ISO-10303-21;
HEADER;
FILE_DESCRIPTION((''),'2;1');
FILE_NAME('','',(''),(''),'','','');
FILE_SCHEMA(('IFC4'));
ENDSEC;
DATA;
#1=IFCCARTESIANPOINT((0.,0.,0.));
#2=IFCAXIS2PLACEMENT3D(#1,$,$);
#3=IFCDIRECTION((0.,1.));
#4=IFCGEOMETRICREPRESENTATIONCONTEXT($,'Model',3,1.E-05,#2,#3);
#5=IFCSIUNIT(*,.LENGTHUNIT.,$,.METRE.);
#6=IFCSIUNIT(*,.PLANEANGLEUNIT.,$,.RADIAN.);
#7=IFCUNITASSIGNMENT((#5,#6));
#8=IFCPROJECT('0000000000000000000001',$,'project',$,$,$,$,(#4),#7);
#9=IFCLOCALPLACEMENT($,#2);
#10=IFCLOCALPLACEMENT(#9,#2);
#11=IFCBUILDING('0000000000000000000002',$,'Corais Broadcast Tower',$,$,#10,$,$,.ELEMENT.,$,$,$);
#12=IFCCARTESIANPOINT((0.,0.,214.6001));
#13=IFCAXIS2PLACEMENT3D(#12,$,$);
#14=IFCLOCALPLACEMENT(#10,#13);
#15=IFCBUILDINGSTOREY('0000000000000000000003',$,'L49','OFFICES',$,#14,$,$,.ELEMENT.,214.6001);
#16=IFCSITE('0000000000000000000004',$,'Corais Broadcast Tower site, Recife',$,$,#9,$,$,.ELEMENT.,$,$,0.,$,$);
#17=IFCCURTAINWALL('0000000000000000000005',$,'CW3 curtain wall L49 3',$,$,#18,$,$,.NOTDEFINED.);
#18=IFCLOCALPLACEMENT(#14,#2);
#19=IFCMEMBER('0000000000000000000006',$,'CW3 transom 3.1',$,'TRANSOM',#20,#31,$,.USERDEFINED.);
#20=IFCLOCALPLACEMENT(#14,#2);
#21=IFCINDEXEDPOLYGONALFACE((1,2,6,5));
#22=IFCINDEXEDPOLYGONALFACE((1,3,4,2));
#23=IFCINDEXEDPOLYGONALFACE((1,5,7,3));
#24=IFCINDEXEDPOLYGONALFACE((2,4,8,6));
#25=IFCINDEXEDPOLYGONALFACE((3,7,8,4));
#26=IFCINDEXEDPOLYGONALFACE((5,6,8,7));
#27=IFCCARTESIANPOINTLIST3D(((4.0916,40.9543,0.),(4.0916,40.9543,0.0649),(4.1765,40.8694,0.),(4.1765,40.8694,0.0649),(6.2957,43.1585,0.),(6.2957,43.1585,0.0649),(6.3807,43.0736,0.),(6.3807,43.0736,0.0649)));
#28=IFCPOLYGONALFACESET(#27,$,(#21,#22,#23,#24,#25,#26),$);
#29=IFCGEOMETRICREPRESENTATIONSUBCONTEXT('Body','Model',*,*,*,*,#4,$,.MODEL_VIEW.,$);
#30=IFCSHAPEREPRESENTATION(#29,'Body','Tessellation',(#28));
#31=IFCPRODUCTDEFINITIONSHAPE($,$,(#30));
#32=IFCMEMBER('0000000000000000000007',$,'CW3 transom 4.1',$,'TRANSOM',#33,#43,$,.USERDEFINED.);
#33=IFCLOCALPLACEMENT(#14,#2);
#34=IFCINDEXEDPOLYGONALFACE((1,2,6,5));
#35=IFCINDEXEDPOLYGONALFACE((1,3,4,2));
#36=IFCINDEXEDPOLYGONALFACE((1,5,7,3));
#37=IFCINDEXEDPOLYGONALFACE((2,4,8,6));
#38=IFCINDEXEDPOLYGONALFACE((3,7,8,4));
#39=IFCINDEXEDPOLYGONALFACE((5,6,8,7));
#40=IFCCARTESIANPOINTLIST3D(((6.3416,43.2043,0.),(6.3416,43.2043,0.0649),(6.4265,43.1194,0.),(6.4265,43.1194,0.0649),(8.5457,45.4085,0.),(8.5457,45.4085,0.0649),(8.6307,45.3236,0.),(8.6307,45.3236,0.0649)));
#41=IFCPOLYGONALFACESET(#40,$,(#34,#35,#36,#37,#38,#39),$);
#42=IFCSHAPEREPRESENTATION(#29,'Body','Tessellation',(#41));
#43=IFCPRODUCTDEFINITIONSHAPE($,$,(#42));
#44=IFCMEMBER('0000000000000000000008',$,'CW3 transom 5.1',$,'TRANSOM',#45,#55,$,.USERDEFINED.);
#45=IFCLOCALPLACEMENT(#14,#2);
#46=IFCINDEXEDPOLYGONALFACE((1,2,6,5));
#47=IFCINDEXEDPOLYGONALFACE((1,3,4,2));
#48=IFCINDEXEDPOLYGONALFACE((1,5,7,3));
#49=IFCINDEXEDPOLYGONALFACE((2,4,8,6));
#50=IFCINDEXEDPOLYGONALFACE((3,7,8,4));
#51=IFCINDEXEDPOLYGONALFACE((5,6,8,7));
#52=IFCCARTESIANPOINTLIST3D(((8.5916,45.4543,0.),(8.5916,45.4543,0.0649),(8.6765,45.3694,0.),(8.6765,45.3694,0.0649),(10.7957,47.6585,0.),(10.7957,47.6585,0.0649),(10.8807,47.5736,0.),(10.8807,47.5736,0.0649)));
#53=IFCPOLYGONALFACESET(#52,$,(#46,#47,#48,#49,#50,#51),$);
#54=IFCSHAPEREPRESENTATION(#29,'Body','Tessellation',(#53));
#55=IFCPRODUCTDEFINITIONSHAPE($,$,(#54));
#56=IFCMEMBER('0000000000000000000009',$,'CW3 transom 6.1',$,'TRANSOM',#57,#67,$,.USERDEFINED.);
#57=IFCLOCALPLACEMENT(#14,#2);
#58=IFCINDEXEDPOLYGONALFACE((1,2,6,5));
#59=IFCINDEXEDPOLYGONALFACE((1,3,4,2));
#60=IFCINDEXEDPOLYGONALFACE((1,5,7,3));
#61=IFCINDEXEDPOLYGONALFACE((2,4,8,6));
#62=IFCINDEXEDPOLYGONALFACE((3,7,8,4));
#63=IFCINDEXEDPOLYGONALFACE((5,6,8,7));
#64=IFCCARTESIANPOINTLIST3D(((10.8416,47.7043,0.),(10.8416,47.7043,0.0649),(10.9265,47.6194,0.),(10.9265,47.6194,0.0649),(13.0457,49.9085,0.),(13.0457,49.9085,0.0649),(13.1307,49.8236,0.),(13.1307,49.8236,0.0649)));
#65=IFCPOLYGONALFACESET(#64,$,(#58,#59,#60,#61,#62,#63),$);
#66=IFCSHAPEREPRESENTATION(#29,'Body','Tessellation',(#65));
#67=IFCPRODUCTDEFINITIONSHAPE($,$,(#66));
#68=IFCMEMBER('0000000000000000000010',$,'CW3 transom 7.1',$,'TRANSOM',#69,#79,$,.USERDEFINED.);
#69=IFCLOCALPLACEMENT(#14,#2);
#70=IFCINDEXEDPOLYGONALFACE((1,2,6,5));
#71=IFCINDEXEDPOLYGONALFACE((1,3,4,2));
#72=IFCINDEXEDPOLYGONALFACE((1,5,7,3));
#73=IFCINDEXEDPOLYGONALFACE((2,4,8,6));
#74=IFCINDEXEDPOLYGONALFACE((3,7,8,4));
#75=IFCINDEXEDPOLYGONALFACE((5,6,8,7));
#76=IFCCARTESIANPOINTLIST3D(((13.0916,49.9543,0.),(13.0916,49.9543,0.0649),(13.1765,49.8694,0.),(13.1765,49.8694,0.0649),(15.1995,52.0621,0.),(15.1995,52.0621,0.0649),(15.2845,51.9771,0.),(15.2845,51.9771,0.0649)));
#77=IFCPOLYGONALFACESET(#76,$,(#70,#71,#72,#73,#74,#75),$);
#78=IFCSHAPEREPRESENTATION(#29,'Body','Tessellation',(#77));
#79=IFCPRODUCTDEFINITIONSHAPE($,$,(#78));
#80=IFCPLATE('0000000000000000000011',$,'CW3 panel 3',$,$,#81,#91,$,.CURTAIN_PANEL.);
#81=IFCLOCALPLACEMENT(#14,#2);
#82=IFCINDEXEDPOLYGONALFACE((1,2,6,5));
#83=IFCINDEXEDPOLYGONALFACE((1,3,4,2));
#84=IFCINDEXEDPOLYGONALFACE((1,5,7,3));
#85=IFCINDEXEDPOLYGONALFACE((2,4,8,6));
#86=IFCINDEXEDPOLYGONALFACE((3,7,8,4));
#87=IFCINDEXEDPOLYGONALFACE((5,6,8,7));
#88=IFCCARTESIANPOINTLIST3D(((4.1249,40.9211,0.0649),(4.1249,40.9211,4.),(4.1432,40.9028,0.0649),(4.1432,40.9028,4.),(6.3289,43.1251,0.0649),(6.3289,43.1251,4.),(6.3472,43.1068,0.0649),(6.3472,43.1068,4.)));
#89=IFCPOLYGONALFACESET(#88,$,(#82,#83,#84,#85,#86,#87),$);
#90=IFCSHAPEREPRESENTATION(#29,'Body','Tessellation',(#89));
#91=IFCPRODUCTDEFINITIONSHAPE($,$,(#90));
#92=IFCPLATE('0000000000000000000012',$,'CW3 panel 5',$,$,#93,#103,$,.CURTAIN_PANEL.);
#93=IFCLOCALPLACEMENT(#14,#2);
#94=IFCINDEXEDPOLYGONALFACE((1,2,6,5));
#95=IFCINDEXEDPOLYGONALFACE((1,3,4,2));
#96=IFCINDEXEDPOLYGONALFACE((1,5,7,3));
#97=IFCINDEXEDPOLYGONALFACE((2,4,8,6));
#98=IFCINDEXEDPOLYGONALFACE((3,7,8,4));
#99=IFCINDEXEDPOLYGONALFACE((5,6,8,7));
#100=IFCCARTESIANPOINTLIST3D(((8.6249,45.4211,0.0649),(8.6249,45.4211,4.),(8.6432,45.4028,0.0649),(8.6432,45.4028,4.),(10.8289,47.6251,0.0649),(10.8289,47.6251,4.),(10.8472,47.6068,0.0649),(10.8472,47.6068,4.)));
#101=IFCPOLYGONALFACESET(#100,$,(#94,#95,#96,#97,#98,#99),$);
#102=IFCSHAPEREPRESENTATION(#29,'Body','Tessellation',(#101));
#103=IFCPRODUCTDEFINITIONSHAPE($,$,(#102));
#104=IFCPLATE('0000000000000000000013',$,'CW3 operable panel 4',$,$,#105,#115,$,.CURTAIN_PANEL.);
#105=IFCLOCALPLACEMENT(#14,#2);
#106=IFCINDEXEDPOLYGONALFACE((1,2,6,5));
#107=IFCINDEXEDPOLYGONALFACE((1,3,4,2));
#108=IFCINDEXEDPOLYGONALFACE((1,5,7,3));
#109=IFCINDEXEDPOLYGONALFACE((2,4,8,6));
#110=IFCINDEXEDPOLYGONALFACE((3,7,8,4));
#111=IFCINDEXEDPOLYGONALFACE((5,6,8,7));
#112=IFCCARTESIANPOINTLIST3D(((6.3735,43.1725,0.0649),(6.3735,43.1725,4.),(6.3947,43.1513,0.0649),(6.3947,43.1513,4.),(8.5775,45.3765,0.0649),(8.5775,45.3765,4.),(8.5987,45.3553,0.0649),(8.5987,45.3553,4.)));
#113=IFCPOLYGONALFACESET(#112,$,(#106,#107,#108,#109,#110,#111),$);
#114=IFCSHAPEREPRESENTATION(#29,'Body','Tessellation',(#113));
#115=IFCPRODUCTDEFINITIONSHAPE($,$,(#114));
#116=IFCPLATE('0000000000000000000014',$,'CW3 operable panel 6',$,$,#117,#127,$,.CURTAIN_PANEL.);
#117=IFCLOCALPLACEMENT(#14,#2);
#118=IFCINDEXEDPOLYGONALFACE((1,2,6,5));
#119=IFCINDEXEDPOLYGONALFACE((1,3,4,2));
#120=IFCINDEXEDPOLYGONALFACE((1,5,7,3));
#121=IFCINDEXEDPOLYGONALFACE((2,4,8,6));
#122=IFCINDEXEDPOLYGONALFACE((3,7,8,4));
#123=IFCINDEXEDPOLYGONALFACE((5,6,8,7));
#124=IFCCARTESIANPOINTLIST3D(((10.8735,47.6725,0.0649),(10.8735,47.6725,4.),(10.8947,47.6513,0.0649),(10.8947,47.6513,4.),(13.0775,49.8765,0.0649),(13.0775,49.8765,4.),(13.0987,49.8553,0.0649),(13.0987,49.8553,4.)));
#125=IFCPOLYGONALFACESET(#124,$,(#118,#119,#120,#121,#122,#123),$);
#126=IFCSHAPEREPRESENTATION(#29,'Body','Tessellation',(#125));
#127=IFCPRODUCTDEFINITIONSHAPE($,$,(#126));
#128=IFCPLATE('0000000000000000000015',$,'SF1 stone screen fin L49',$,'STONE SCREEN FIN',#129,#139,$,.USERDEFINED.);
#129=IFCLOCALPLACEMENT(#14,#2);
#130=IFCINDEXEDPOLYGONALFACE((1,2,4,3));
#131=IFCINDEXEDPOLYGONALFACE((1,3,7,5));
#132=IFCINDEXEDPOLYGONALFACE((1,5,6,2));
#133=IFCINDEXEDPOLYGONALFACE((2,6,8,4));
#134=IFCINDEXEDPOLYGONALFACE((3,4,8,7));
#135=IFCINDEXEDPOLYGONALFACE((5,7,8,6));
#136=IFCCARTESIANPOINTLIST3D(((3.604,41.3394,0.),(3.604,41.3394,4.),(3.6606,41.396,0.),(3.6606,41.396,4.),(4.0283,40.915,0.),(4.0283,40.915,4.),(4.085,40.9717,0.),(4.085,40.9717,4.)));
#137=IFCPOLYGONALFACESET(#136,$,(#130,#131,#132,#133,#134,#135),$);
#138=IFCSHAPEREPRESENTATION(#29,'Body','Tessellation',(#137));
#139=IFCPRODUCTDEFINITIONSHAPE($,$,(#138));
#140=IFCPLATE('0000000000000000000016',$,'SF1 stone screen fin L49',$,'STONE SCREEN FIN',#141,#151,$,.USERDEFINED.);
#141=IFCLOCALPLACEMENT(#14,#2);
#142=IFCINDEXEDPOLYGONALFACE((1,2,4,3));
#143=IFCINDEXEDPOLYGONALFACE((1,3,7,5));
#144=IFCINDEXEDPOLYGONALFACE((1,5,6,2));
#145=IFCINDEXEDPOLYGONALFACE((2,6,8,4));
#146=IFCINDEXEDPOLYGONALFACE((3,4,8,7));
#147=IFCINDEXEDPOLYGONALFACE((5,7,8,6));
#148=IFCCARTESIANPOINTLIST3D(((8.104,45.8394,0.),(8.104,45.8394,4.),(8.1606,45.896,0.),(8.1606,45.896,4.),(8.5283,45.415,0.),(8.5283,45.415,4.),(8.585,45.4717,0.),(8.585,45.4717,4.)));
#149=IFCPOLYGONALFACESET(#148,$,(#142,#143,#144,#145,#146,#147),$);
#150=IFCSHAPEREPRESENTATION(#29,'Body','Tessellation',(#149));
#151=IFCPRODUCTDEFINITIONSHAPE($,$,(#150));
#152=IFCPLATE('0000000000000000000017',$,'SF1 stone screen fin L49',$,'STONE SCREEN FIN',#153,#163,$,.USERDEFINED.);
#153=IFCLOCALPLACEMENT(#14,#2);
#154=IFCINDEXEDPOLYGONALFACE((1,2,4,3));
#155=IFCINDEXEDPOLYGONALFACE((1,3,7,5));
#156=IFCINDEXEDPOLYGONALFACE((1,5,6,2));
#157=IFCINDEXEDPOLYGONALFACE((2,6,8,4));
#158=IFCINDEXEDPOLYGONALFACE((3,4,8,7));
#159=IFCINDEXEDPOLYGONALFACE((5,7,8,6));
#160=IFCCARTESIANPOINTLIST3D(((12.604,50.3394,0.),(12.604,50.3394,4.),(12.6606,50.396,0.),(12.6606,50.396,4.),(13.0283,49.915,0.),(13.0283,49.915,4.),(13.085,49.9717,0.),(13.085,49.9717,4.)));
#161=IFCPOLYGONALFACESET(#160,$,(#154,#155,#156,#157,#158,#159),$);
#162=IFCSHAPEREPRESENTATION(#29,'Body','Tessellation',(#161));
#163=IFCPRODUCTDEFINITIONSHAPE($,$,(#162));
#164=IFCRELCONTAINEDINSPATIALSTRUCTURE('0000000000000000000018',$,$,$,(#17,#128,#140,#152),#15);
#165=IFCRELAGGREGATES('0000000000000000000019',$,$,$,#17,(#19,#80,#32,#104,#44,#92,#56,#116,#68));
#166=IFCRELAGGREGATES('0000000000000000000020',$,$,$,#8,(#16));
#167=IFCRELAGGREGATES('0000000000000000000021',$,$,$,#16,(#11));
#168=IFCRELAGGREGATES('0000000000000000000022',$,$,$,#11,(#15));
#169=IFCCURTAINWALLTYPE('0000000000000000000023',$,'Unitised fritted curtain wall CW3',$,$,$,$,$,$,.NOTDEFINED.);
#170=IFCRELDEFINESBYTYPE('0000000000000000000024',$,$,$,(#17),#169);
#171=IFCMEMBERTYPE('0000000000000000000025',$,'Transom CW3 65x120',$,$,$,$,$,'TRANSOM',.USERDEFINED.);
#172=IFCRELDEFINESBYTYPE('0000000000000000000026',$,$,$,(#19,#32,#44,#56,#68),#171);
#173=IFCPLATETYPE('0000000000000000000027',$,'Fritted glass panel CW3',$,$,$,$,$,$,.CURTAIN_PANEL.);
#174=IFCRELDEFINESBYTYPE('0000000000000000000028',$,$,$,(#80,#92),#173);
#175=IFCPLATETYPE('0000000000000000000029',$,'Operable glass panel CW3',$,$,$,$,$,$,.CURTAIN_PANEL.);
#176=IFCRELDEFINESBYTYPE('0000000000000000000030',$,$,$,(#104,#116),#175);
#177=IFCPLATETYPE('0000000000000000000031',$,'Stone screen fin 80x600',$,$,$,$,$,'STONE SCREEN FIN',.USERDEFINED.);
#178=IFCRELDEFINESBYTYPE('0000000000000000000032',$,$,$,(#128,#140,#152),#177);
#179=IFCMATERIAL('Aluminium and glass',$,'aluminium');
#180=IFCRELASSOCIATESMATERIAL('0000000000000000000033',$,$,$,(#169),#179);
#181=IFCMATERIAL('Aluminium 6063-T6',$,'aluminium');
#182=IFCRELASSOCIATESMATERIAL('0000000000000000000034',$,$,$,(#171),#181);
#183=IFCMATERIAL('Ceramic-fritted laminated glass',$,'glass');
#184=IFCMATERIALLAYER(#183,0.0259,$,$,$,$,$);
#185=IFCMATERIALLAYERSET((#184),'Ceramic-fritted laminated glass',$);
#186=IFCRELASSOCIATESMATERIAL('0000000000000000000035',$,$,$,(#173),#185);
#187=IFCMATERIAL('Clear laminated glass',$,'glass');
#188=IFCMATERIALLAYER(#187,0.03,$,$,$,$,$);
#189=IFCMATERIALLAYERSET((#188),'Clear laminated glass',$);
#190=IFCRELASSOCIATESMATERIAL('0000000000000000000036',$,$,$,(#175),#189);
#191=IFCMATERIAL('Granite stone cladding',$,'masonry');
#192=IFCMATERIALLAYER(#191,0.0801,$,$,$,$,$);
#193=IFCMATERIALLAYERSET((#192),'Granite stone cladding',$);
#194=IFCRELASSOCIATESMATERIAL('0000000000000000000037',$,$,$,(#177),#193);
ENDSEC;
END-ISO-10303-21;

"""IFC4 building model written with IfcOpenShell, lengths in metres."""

from ifc_helpers import new_model, si_unit, direction, frame, origin, origin_2d, place, context, subcontext, project, spatial, rectangle, extrude, material, layer, layer_set, material_profile, profile_set, type_object, element, aggregate, save


model = new_model("IFC4")

# Units and contexts
model_context = context("Model", 3, precision=1e-05, world=origin(), true_north=direction((0.0, 1.0)))
body_context = subcontext(model_context, "Body", "Model", "MODEL_VIEW")
ifc_project = project(units=[si_unit("LENGTHUNIT", "METRE"), si_unit("PLANEANGLEUNIT", "RADIAN")], contexts=[model_context])

# Site, building, storey
site_placement = place(None, origin())
site = spatial("IfcSite", under=ifc_project, at=site_placement, Name="Corais Broadcast Tower site, Recife", CompositionType="ELEMENT", RefElevation=0.0)
building_placement = place(site_placement, origin())
building = spatial("IfcBuilding", under=site, at=building_placement, Name="Corais Broadcast Tower", CompositionType="ELEMENT")
storey_placement = place(building_placement, frame((0.0, 0.0, 214.6001)))
storey = spatial("IfcBuildingStorey", under=building, at=storey_placement, Name="L49", Description="OFFICES", CompositionType="ELEMENT", Elevation=214.6001)

# Curtain wall
ifc_material_1 = material(Name="Aluminium and glass", Category="aluminium")
curtain_wall_type = type_object("IfcCurtainWallType", Name="Unitised fritted curtain wall CW3", PredefinedType="NOTDEFINED", material=ifc_material_1)
curtain_wall_placement = place(storey_placement, origin())
curtain_wall = element("IfcCurtainWall", 1, at=curtain_wall_placement, inside=storey, type_object=curtain_wall_type, Name="CW3 curtain wall L49 3", PredefinedType="NOTDEFINED")

# Members
ifc_material_2 = material(Name="Aluminium 6063-T6", Category="aluminium")
ifc_material_profile_1 = material_profile(ifc_material_2, rectangle(XDim=0.1201, YDim=0.0649, at=origin_2d()), Name="Transom CW3 65x120")
ifc_profile_set_1 = profile_set([ifc_material_profile_1], Name="Aluminium 6063-T6")
member_type_1 = type_object("IfcMemberType", Name="Transom CW3 65x120", ElementType="TRANSOM", PredefinedType="USERDEFINED", material=ifc_profile_set_1)
member_1_placement = place(storey_placement, frame((4.134, 40.9119, 0.0325), z_axis=(0.707107, 0.707107, 0.0), x_axis=(-0.707107, 0.707107, 0.0)))
member_1 = element("IfcMember", 2, at=member_1_placement, type_object=member_type_1, Name="CW3 transom 3.1", ObjectType="TRANSOM", PredefinedType="USERDEFINED", context=body_context, shape_type="SweptSolid", body=[
    extrude(rectangle(XDim=0.1201, YDim=0.0649, at=origin_2d()), origin(), (0.0, 0.0, 1.0), 3.1172),
])
member_2_placement = place(storey_placement, frame((6.384, 43.1619, 0.0325), z_axis=(0.707107, 0.707107, 0.0), x_axis=(-0.707107, 0.707107, 0.0)))
member_2 = element("IfcMember", 3, at=member_2_placement, type_object=member_type_1, Name="CW3 transom 4.1", ObjectType="TRANSOM", PredefinedType="USERDEFINED", context=body_context, shape_type="SweptSolid", body=[
    extrude(rectangle(XDim=0.1201, YDim=0.0649, at=origin_2d()), origin(), (0.0, 0.0, 1.0), 3.1172),
])
member_3_placement = place(storey_placement, frame((8.634, 45.4119, 0.0325), z_axis=(0.707107, 0.707107, 0.0), x_axis=(-0.707107, 0.707107, 0.0)))
member_3 = element("IfcMember", 4, at=member_3_placement, type_object=member_type_1, Name="CW3 transom 5.1", ObjectType="TRANSOM", PredefinedType="USERDEFINED", context=body_context, shape_type="SweptSolid", body=[
    extrude(rectangle(XDim=0.1201, YDim=0.0649, at=origin_2d()), origin(), (0.0, 0.0, 1.0), 3.1172),
])
member_4_placement = place(storey_placement, frame((10.884, 47.6619, 0.0325), z_axis=(0.707107, 0.707107, 0.0), x_axis=(-0.707107, 0.707107, 0.0)))
member_4 = element("IfcMember", 5, at=member_4_placement, type_object=member_type_1, Name="CW3 transom 6.1", ObjectType="TRANSOM", PredefinedType="USERDEFINED", context=body_context, shape_type="SweptSolid", body=[
    extrude(rectangle(XDim=0.1201, YDim=0.0649, at=origin_2d()), origin(), (0.0, 0.0, 1.0), 3.1172),
])
member_5_placement = place(storey_placement, frame((13.134, 49.9119, 0.0325), z_axis=(0.707148, 0.707066, 0.0), x_axis=(-0.707066, 0.707148, 0.0)))
member_5 = element("IfcMember", 6, at=member_5_placement, type_object=member_type_1, Name="CW3 transom 7.1", ObjectType="TRANSOM", PredefinedType="USERDEFINED", context=body_context, shape_type="SweptSolid", body=[
    extrude(rectangle(XDim=0.1201, YDim=0.0649, at=origin_2d()), origin(), (0.0, 0.0, 1.0), 2.981),
])

# Plates
ifc_material_3 = material(Name="Ceramic-fritted laminated glass", Category="glass")
ifc_layer_1 = layer(ifc_material_3, 0.0259)
ifc_layer_set_1 = layer_set([ifc_layer_1], Name="Ceramic-fritted laminated glass")
plate_type_1 = type_object("IfcPlateType", Name="Fritted glass panel CW3", PredefinedType="CURTAIN_PANEL", material=ifc_layer_set_1)
plate_1_placement = place(storey_placement, frame((5.2361, 42.0139, 0.0649), z_axis=(0.0, 0.0, 1.0), x_axis=(0.707107, 0.707107, 0.0)))
plate_1 = element("IfcPlate", 7, at=plate_1_placement, type_object=plate_type_1, Name="CW3 panel 3", PredefinedType="CURTAIN_PANEL", context=body_context, shape_type="SweptSolid", body=[
    extrude(rectangle(XDim=3.1169, YDim=0.0259, at=origin_2d()), origin(), (0.0, 0.0, 1.0), 3.9351),
])
plate_2_placement = place(storey_placement, frame((9.7361, 46.5139, 0.0649), z_axis=(0.0, 0.0, 1.0), x_axis=(0.707107, 0.707107, 0.0)))
plate_2 = element("IfcPlate", 8, at=plate_2_placement, type_object=plate_type_1, Name="CW3 panel 5", PredefinedType="CURTAIN_PANEL", context=body_context, shape_type="SweptSolid", body=[
    extrude(rectangle(XDim=3.1169, YDim=0.0259, at=origin_2d()), origin(), (0.0, 0.0, 1.0), 3.9351),
])
ifc_material_4 = material(Name="Clear laminated glass", Category="glass")
ifc_layer_2 = layer(ifc_material_4, 0.03)
ifc_layer_set_2 = layer_set([ifc_layer_2], Name="Clear laminated glass")
plate_type_2 = type_object("IfcPlateType", Name="Operable glass panel CW3", PredefinedType="CURTAIN_PANEL", material=ifc_layer_set_2)
plate_3_placement = place(storey_placement, frame((7.4861, 44.2639, 0.0649), z_axis=(0.0, 0.0, 1.0), x_axis=(0.707107, 0.707107, 0.0)))
plate_3 = element("IfcPlate", 9, at=plate_3_placement, type_object=plate_type_2, Name="CW3 operable panel 4", PredefinedType="CURTAIN_PANEL", context=body_context, shape_type="SweptSolid", body=[
    extrude(rectangle(XDim=3.1169, YDim=0.03, at=origin_2d()), origin(), (0.0, 0.0, 1.0), 3.9351),
])
plate_4_placement = place(storey_placement, frame((11.9861, 48.7639, 0.0649), z_axis=(0.0, 0.0, 1.0), x_axis=(0.707107, 0.707107, 0.0)))
plate_4 = element("IfcPlate", 10, at=plate_4_placement, type_object=plate_type_2, Name="CW3 operable panel 6", PredefinedType="CURTAIN_PANEL", context=body_context, shape_type="SweptSolid", body=[
    extrude(rectangle(XDim=3.1169, YDim=0.03, at=origin_2d()), origin(), (0.0, 0.0, 1.0), 3.9351),
])
aggregate(curtain_wall, [member_1, plate_1, member_2, plate_3, member_3, plate_2, member_4, plate_4, member_5])

# Plates
ifc_material_5 = material(Name="Granite stone cladding", Category="masonry")
ifc_layer_3 = layer(ifc_material_5, 0.0801)
ifc_layer_set_3 = layer_set([ifc_layer_3], Name="Granite stone cladding")
plate_type_3 = type_object("IfcPlateType", Name="Stone screen fin 80x600", ElementType="STONE SCREEN FIN", PredefinedType="USERDEFINED", material=ifc_layer_set_3)
for number, where, z_axis, x_axis, name in (
    (11, (3.8445, 41.1555, 0.0), (0.0, 0.0, 1.0), (0.707107, 0.707107, 0.0), "SF1 stone screen fin L49"),
    (12, (8.3445, 45.6555, 0.0), (0.0, 0.0, 1.0), (0.707107, 0.707107, 0.0), "SF1 stone screen fin L49"),
    (13, (12.8445, 50.1555, 0.0), (0.0, 0.0, 1.0), (0.707107, 0.707107, 0.0), "SF1 stone screen fin L49"),
):
    element("IfcPlate", number, at=place(storey_placement, frame(where, z_axis=z_axis, x_axis=x_axis)), inside=storey, type_object=plate_type_3, Name=name, ObjectType="STONE SCREEN FIN", PredefinedType="USERDEFINED", context=body_context, shape_type="SweptSolid", body=[
        extrude(rectangle(XDim=0.0801, YDim=0.6001, at=origin_2d()), origin(), (0.0, 0.0, 1.0), 4.0),
    ])

save(model, "model.ifc")
